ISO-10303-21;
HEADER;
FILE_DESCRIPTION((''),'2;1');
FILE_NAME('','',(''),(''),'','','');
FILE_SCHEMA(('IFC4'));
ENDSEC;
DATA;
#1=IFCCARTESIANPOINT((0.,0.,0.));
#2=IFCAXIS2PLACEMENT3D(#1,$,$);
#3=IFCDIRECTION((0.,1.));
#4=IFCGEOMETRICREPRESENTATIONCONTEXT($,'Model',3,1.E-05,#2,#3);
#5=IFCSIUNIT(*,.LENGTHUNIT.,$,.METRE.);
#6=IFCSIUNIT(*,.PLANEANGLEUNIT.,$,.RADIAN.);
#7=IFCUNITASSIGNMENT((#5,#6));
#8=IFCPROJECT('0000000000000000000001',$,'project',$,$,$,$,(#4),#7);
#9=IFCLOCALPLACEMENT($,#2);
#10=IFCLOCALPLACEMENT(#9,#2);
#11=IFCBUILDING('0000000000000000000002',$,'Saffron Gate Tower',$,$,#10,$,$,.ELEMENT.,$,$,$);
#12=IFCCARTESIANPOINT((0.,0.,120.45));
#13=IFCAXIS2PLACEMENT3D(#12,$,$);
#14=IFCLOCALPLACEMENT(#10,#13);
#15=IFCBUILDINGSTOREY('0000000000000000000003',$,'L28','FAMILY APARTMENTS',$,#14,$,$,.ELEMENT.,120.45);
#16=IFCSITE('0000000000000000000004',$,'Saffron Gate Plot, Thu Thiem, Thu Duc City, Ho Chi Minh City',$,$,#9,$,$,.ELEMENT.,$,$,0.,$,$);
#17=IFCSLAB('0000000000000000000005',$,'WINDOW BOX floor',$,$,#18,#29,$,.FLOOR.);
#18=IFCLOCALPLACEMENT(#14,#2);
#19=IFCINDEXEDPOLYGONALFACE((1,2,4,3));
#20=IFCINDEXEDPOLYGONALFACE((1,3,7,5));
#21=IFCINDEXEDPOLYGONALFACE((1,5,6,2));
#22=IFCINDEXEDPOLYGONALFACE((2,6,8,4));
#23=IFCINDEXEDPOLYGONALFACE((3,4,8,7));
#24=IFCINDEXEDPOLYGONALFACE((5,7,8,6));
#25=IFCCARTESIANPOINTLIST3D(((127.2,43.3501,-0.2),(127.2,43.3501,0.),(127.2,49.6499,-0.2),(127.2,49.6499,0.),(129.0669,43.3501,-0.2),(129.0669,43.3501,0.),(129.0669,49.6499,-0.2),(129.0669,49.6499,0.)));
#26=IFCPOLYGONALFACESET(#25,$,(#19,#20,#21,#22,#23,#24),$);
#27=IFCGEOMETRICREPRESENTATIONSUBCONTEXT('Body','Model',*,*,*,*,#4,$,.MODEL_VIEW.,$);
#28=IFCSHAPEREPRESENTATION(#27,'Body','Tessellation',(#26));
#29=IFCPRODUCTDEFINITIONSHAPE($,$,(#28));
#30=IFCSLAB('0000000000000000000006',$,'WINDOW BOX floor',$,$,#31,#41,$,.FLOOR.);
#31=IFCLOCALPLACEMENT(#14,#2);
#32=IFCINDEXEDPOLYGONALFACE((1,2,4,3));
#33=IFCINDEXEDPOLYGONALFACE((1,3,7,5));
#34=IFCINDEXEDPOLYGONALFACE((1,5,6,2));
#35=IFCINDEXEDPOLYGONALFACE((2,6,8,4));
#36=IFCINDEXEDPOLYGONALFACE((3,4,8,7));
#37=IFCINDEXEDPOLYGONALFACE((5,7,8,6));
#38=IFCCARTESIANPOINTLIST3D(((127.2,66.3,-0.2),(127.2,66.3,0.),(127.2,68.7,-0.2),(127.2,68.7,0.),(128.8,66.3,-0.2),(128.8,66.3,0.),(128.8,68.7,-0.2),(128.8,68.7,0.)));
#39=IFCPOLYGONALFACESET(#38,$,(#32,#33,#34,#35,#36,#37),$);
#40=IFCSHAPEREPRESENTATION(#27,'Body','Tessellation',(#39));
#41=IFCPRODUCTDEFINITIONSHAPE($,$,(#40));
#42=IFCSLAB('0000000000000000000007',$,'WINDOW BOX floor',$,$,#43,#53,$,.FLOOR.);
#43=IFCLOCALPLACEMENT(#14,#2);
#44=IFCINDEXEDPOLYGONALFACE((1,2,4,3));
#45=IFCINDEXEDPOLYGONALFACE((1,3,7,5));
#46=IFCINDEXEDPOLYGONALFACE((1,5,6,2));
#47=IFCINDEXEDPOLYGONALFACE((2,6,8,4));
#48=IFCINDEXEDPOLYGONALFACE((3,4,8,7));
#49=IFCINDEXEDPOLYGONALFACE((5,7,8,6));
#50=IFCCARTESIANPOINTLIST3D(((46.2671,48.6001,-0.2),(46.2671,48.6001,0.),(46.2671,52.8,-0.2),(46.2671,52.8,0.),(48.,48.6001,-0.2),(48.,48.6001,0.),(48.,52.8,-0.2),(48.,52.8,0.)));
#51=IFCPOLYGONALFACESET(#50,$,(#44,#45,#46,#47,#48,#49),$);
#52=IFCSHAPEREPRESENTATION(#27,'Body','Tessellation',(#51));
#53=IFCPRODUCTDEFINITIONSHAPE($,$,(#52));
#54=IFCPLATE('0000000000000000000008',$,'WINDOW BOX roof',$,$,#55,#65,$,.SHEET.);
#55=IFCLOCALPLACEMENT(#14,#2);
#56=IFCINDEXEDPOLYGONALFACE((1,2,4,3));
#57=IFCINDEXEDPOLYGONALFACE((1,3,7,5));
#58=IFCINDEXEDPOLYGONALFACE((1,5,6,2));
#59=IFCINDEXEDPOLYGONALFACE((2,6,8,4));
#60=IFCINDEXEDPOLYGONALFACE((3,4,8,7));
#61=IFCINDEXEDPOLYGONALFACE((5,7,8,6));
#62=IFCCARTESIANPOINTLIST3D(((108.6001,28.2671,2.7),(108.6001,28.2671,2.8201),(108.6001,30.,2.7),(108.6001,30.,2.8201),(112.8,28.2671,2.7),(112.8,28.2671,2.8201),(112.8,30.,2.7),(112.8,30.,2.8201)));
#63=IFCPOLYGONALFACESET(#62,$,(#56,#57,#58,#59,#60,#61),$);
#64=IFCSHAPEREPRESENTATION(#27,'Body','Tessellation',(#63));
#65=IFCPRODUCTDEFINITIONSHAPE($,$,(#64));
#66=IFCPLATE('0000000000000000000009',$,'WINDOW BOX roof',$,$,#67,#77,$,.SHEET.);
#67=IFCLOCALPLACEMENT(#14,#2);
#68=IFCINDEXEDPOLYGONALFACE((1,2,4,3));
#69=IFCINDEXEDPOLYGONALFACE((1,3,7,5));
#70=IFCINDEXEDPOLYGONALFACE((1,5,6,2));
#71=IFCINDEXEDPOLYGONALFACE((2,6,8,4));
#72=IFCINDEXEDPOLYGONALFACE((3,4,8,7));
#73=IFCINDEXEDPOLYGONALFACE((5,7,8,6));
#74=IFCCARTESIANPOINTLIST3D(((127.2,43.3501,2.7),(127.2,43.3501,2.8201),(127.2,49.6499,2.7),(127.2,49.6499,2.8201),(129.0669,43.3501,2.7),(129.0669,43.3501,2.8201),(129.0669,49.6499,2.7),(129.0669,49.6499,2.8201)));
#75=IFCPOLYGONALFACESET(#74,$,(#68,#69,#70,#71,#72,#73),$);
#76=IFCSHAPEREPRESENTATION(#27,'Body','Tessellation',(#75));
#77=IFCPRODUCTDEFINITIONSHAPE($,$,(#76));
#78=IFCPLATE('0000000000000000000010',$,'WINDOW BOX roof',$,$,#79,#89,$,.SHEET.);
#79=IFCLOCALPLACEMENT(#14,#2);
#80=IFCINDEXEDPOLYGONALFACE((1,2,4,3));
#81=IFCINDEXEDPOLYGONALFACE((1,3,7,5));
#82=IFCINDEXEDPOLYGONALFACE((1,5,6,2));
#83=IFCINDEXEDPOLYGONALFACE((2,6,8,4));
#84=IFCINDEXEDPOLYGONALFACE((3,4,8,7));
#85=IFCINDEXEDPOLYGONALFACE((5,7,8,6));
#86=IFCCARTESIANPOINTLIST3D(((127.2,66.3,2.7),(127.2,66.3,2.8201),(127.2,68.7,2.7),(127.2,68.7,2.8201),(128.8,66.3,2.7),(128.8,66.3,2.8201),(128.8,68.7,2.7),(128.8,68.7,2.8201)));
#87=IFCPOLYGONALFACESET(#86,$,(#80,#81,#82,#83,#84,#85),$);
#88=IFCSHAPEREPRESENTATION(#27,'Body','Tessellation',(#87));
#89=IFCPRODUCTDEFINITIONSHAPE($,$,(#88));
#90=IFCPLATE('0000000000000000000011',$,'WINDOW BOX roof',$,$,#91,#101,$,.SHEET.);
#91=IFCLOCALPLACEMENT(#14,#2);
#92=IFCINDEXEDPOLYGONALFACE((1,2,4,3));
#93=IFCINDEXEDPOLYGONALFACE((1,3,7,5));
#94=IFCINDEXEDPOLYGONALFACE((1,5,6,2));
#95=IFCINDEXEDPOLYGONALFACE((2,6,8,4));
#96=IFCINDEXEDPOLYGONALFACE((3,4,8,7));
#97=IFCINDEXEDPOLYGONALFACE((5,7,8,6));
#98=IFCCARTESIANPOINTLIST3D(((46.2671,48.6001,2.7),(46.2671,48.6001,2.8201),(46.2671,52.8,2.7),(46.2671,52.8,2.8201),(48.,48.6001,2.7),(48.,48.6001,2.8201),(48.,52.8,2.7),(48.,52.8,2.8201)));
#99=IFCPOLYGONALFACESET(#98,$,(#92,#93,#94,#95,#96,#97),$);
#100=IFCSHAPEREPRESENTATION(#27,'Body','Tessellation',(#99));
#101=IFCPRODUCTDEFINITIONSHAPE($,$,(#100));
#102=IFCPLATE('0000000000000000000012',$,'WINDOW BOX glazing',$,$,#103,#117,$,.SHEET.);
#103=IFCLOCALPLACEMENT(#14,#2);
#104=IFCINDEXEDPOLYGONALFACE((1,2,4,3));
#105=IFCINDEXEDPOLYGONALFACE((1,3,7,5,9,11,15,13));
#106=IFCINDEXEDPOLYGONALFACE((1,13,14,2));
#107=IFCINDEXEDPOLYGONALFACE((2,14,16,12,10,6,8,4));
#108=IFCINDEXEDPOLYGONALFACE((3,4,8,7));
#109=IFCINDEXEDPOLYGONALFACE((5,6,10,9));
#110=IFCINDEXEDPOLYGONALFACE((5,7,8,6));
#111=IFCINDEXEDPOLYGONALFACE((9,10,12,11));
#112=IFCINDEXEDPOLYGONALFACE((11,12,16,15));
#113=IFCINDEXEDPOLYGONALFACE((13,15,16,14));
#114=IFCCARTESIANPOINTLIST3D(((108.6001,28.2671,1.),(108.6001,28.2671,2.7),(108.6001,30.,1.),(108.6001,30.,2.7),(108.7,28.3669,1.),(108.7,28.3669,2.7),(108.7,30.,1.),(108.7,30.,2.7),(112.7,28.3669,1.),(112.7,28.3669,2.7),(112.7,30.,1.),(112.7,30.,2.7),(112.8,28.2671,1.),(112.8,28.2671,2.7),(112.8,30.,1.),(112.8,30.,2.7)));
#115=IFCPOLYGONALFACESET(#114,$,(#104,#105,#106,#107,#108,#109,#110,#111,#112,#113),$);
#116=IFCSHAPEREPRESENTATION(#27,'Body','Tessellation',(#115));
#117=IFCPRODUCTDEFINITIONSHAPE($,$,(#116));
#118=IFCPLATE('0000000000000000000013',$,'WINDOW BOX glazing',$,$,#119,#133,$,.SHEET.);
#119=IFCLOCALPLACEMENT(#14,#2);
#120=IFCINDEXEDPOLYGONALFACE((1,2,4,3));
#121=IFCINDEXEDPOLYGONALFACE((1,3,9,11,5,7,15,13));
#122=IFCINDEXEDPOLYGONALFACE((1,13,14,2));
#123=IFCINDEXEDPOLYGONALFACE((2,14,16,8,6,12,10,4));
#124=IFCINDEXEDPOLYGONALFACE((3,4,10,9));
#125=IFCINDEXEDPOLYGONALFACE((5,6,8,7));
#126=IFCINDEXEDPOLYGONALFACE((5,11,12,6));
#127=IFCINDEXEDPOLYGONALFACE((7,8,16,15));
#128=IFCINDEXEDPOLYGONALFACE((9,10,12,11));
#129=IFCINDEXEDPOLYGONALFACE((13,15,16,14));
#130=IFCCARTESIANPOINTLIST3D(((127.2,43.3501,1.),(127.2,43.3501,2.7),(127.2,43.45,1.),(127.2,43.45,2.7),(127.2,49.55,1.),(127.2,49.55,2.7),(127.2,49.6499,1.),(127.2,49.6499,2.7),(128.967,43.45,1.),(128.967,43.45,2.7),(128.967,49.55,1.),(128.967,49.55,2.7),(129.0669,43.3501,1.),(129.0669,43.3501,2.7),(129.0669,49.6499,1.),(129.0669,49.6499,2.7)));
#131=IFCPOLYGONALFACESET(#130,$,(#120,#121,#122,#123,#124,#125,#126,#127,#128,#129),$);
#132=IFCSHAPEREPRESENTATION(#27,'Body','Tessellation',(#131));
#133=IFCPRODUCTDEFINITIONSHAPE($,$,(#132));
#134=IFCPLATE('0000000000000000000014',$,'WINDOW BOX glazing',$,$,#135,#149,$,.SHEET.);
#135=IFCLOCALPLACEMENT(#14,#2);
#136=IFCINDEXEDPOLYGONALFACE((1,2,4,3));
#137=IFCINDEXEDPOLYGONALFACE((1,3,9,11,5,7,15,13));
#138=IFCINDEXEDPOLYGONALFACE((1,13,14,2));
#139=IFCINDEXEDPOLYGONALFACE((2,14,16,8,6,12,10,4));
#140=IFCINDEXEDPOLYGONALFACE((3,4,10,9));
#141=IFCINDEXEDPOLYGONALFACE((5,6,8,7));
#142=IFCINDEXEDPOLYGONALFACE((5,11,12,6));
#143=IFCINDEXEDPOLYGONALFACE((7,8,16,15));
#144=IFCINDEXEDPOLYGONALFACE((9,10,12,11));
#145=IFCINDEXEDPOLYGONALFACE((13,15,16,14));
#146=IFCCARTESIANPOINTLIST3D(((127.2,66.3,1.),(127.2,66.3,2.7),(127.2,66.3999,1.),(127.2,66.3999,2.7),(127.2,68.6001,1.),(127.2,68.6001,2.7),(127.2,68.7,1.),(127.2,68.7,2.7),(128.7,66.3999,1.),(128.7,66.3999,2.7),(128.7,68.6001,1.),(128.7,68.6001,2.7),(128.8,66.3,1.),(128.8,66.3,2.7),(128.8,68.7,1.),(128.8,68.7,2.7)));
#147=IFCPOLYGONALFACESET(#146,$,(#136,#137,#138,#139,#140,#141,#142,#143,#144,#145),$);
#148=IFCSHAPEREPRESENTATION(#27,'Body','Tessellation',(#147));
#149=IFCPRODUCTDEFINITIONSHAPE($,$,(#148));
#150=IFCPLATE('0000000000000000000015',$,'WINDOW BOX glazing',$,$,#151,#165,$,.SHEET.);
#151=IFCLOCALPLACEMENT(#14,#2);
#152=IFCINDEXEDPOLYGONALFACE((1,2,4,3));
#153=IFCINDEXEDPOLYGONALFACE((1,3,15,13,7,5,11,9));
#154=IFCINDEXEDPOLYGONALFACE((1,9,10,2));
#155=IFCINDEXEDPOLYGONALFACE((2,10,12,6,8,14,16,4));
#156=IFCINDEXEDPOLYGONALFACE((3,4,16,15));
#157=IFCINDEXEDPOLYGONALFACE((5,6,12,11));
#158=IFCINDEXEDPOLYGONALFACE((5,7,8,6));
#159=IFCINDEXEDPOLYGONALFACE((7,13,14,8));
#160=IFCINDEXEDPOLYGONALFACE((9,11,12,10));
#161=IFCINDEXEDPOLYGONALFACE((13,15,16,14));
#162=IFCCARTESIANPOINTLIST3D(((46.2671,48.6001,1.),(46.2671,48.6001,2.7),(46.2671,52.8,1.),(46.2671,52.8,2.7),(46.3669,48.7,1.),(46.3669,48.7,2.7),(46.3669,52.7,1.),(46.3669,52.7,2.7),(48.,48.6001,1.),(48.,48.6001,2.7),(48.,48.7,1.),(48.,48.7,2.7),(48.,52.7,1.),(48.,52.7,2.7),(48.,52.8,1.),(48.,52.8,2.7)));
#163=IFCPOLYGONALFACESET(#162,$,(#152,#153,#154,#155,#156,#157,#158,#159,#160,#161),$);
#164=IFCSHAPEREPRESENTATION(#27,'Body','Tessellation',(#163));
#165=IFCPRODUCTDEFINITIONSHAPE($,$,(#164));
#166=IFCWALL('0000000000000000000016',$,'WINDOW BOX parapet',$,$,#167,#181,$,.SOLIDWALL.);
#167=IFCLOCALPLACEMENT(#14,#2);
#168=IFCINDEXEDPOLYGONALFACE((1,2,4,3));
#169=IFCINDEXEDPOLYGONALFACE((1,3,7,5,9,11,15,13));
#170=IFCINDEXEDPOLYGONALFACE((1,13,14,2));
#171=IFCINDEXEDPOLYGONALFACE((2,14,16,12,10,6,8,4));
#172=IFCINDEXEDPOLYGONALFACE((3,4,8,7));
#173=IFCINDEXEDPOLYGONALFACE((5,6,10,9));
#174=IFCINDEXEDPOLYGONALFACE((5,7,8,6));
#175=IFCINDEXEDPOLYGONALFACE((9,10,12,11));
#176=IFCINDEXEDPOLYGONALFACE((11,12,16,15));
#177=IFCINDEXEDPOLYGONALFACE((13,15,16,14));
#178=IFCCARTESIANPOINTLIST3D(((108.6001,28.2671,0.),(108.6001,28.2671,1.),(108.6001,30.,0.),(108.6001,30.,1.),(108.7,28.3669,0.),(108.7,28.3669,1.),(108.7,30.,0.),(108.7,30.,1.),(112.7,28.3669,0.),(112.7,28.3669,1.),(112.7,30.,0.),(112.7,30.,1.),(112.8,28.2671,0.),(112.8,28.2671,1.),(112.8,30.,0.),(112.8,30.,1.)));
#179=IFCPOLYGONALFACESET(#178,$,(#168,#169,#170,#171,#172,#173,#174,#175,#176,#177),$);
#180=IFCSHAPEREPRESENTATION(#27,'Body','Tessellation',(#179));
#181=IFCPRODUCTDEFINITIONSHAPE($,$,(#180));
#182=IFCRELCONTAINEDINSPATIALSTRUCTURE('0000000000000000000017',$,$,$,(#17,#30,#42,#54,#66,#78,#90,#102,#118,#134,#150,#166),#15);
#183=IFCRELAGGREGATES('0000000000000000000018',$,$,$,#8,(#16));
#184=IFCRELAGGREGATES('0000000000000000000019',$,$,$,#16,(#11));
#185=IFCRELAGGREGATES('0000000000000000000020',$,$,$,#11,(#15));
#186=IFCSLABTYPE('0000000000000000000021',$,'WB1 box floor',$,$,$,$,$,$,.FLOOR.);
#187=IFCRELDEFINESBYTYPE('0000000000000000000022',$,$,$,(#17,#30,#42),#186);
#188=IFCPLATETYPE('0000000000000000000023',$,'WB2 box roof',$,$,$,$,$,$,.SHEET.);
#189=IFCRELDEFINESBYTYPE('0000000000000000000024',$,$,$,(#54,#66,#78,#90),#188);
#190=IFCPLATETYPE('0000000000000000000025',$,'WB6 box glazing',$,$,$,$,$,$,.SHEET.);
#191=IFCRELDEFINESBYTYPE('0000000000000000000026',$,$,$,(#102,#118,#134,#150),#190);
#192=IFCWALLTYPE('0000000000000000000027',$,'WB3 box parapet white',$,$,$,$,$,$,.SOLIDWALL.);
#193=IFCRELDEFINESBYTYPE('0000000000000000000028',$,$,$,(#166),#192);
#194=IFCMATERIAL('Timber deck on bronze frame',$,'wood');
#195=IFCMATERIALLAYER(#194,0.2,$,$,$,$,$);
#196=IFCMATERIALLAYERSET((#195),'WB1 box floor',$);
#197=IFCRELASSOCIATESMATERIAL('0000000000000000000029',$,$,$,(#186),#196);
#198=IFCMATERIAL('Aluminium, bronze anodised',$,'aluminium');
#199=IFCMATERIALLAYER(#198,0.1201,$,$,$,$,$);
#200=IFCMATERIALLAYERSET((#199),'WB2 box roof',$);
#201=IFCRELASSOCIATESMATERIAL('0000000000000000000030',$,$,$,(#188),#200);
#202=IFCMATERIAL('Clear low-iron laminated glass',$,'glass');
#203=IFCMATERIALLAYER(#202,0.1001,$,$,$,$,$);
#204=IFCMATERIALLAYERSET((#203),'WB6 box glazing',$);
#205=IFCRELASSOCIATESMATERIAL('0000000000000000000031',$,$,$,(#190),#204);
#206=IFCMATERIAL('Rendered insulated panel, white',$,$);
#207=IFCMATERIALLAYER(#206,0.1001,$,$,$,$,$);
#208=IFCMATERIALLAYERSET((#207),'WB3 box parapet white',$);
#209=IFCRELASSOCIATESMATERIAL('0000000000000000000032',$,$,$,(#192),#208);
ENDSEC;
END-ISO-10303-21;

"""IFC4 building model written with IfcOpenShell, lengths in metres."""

from ifc_helpers import new_model, si_unit, direction, frame, origin, place, context, subcontext, project, spatial, polyline, outline, extrude, material, layer, layer_set, type_object, element, save


model = new_model("IFC4")

# Units and contexts
model_context = context("Model", 3, precision=1e-05, world=origin(), true_north=direction((0.0, 1.0)))
body_context = subcontext(model_context, "Body", "Model", "MODEL_VIEW")
ifc_project = project(units=[si_unit("LENGTHUNIT", "METRE"), si_unit("PLANEANGLEUNIT", "RADIAN")], contexts=[model_context])

# Site, building, storey
site_placement = place(None, origin())
site = spatial("IfcSite", under=ifc_project, at=site_placement, Name="Saffron Gate Plot, Thu Thiem, Thu Duc City, Ho Chi Minh City", CompositionType="ELEMENT", RefElevation=0.0)
building_placement = place(site_placement, origin())
building = spatial("IfcBuilding", under=site, at=building_placement, Name="Saffron Gate Tower", CompositionType="ELEMENT")
storey_placement = place(building_placement, frame((0.0, 0.0, 120.45)))
storey = spatial("IfcBuildingStorey", under=building, at=storey_placement, Name="L28", Description="FAMILY APARTMENTS", CompositionType="ELEMENT", Elevation=120.45)

# Slabs
ifc_material_1 = material(Name="Timber deck on bronze frame", Category="wood")
ifc_layer_1 = layer(ifc_material_1, 0.2)
ifc_layer_set_1 = layer_set([ifc_layer_1], Name="WB1 box floor")
slab_type_1 = type_object("IfcSlabType", Name="WB1 box floor", PredefinedType="FLOOR", material=ifc_layer_set_1)
slab_1_placement = place(storey_placement, frame((0.0, 0.0, -0.2)))
element("IfcSlab", 1, at=slab_1_placement, inside=storey, type_object=slab_type_1, Name="WINDOW BOX floor", PredefinedType="FLOOR", context=body_context, shape_type="SweptSolid", body=[
    extrude(outline(polyline([(127.2, 43.3501), (127.2, 49.6499), (129.0669, 49.6499), (129.0669, 43.3501), (127.2, 43.3501)])), origin(), (0.0, 0.0, 1.0), 0.2),
])
slab_2_placement = place(storey_placement, frame((0.0, 0.0, -0.2)))
element("IfcSlab", 2, at=slab_2_placement, inside=storey, type_object=slab_type_1, Name="WINDOW BOX floor", PredefinedType="FLOOR", context=body_context, shape_type="SweptSolid", body=[
    extrude(outline(polyline([(127.2, 66.3), (127.2, 68.7), (128.8, 68.7), (128.8, 66.3), (127.2, 66.3)])), origin(), (0.0, 0.0, 1.0), 0.2),
])
slab_3_placement = place(storey_placement, frame((0.0, 0.0, -0.2)))
element("IfcSlab", 3, at=slab_3_placement, inside=storey, type_object=slab_type_1, Name="WINDOW BOX floor", PredefinedType="FLOOR", context=body_context, shape_type="SweptSolid", body=[
    extrude(outline(polyline([(48.0, 52.8), (48.0, 48.6001), (46.2671, 48.6001), (46.2671, 52.8), (48.0, 52.8)])), origin(), (0.0, 0.0, 1.0), 0.2),
])

# Plates
ifc_material_2 = material(Name="Aluminium, bronze anodised", Category="aluminium")
ifc_layer_2 = layer(ifc_material_2, 0.1201)
ifc_layer_set_2 = layer_set([ifc_layer_2], Name="WB2 box roof")
plate_type_1 = type_object("IfcPlateType", Name="WB2 box roof", PredefinedType="SHEET", material=ifc_layer_set_2)
plate_1_placement = place(storey_placement, frame((0.0, 0.0, 2.7)))
element("IfcPlate", 4, at=plate_1_placement, inside=storey, type_object=plate_type_1, Name="WINDOW BOX roof", PredefinedType="SHEET", context=body_context, shape_type="SweptSolid", body=[
    extrude(outline(polyline([(108.6001, 30.0), (112.8, 30.0), (112.8, 28.2671), (108.6001, 28.2671), (108.6001, 30.0)])), origin(), (0.0, 0.0, 1.0), 0.1201),
])
plate_2_placement = place(storey_placement, frame((0.0, 0.0, 2.7)))
element("IfcPlate", 5, at=plate_2_placement, inside=storey, type_object=plate_type_1, Name="WINDOW BOX roof", PredefinedType="SHEET", context=body_context, shape_type="SweptSolid", body=[
    extrude(outline(polyline([(127.2, 43.3501), (127.2, 49.6499), (129.0669, 49.6499), (129.0669, 43.3501), (127.2, 43.3501)])), origin(), (0.0, 0.0, 1.0), 0.1201),
])
plate_3_placement = place(storey_placement, frame((0.0, 0.0, 2.7)))
element("IfcPlate", 6, at=plate_3_placement, inside=storey, type_object=plate_type_1, Name="WINDOW BOX roof", PredefinedType="SHEET", context=body_context, shape_type="SweptSolid", body=[
    extrude(outline(polyline([(127.2, 66.3), (127.2, 68.7), (128.8, 68.7), (128.8, 66.3), (127.2, 66.3)])), origin(), (0.0, 0.0, 1.0), 0.1201),
])
plate_4_placement = place(storey_placement, frame((0.0, 0.0, 2.7)))
element("IfcPlate", 7, at=plate_4_placement, inside=storey, type_object=plate_type_1, Name="WINDOW BOX roof", PredefinedType="SHEET", context=body_context, shape_type="SweptSolid", body=[
    extrude(outline(polyline([(48.0, 52.8), (48.0, 48.6001), (46.2671, 48.6001), (46.2671, 52.8), (48.0, 52.8)])), origin(), (0.0, 0.0, 1.0), 0.1201),
])
ifc_material_3 = material(Name="Clear low-iron laminated glass", Category="glass")
ifc_layer_3 = layer(ifc_material_3, 0.1001)
ifc_layer_set_3 = layer_set([ifc_layer_3], Name="WB6 box glazing")
plate_type_2 = type_object("IfcPlateType", Name="WB6 box glazing", PredefinedType="SHEET", material=ifc_layer_set_3)
plate_5_placement = place(storey_placement, frame((0.0, 0.0, 1.0)))
element("IfcPlate", 8, at=plate_5_placement, inside=storey, type_object=plate_type_2, Name="WINDOW BOX glazing", PredefinedType="SHEET", context=body_context, shape_type="SweptSolid", body=[
    extrude(outline(polyline([(108.6001, 30.0), (108.7, 30.0), (108.7, 28.3669), (112.7, 28.3669), (112.7, 30.0), (112.8, 30.0), (112.8, 28.2671), (108.6001, 28.2671), (108.6001, 30.0)])), origin(), (0.0, 0.0, 1.0), 1.7),
])
plate_6_placement = place(storey_placement, frame((0.0, 0.0, 1.0)))
element("IfcPlate", 9, at=plate_6_placement, inside=storey, type_object=plate_type_2, Name="WINDOW BOX glazing", PredefinedType="SHEET", context=body_context, shape_type="SweptSolid", body=[
    extrude(outline(polyline([(127.2, 43.3501), (127.2, 43.45), (128.967, 43.45), (128.967, 49.55), (127.2, 49.55), (127.2, 49.6499), (129.0669, 49.6499), (129.0669, 43.3501), (127.2, 43.3501)])), origin(), (0.0, 0.0, 1.0), 1.7),
])
plate_7_placement = place(storey_placement, frame((0.0, 0.0, 1.0)))
element("IfcPlate", 10, at=plate_7_placement, inside=storey, type_object=plate_type_2, Name="WINDOW BOX glazing", PredefinedType="SHEET", context=body_context, shape_type="SweptSolid", body=[
    extrude(outline(polyline([(127.2, 66.3), (127.2, 66.3999), (128.7, 66.3999), (128.7, 68.6001), (127.2, 68.6001), (127.2, 68.7), (128.8, 68.7), (128.8, 66.3), (127.2, 66.3)])), origin(), (0.0, 0.0, 1.0), 1.7),
])
plate_8_placement = place(storey_placement, frame((0.0, 0.0, 1.0)))
element("IfcPlate", 11, at=plate_8_placement, inside=storey, type_object=plate_type_2, Name="WINDOW BOX glazing", PredefinedType="SHEET", context=body_context, shape_type="SweptSolid", body=[
    extrude(outline(polyline([(48.0, 52.8), (48.0, 52.7), (46.3669, 52.7), (46.3669, 48.7), (48.0, 48.7), (48.0, 48.6001), (46.2671, 48.6001), (46.2671, 52.8), (48.0, 52.8)])), origin(), (0.0, 0.0, 1.0), 1.7),
])

# Wall
ifc_material_4 = material(Name="Rendered insulated panel, white")
ifc_layer_4 = layer(ifc_material_4, 0.1001)
ifc_layer_set_4 = layer_set([ifc_layer_4], Name="WB3 box parapet white")
wall_type = type_object("IfcWallType", Name="WB3 box parapet white", PredefinedType="SOLIDWALL", material=ifc_layer_set_4)
wall_1_placement = place(storey_placement, origin())
element("IfcWall", 12, at=wall_1_placement, inside=storey, type_object=wall_type, Name="WINDOW BOX parapet", PredefinedType="SOLIDWALL", context=body_context, shape_type="SweptSolid", body=[
    extrude(outline(polyline([(108.6001, 30.0), (108.7, 30.0), (108.7, 28.3669), (112.7, 28.3669), (112.7, 30.0), (112.8, 30.0), (112.8, 28.2671), (108.6001, 28.2671), (108.6001, 30.0)])), origin(), (0.0, 0.0, 1.0), 1.0),
])

save(model, "model.ifc")
